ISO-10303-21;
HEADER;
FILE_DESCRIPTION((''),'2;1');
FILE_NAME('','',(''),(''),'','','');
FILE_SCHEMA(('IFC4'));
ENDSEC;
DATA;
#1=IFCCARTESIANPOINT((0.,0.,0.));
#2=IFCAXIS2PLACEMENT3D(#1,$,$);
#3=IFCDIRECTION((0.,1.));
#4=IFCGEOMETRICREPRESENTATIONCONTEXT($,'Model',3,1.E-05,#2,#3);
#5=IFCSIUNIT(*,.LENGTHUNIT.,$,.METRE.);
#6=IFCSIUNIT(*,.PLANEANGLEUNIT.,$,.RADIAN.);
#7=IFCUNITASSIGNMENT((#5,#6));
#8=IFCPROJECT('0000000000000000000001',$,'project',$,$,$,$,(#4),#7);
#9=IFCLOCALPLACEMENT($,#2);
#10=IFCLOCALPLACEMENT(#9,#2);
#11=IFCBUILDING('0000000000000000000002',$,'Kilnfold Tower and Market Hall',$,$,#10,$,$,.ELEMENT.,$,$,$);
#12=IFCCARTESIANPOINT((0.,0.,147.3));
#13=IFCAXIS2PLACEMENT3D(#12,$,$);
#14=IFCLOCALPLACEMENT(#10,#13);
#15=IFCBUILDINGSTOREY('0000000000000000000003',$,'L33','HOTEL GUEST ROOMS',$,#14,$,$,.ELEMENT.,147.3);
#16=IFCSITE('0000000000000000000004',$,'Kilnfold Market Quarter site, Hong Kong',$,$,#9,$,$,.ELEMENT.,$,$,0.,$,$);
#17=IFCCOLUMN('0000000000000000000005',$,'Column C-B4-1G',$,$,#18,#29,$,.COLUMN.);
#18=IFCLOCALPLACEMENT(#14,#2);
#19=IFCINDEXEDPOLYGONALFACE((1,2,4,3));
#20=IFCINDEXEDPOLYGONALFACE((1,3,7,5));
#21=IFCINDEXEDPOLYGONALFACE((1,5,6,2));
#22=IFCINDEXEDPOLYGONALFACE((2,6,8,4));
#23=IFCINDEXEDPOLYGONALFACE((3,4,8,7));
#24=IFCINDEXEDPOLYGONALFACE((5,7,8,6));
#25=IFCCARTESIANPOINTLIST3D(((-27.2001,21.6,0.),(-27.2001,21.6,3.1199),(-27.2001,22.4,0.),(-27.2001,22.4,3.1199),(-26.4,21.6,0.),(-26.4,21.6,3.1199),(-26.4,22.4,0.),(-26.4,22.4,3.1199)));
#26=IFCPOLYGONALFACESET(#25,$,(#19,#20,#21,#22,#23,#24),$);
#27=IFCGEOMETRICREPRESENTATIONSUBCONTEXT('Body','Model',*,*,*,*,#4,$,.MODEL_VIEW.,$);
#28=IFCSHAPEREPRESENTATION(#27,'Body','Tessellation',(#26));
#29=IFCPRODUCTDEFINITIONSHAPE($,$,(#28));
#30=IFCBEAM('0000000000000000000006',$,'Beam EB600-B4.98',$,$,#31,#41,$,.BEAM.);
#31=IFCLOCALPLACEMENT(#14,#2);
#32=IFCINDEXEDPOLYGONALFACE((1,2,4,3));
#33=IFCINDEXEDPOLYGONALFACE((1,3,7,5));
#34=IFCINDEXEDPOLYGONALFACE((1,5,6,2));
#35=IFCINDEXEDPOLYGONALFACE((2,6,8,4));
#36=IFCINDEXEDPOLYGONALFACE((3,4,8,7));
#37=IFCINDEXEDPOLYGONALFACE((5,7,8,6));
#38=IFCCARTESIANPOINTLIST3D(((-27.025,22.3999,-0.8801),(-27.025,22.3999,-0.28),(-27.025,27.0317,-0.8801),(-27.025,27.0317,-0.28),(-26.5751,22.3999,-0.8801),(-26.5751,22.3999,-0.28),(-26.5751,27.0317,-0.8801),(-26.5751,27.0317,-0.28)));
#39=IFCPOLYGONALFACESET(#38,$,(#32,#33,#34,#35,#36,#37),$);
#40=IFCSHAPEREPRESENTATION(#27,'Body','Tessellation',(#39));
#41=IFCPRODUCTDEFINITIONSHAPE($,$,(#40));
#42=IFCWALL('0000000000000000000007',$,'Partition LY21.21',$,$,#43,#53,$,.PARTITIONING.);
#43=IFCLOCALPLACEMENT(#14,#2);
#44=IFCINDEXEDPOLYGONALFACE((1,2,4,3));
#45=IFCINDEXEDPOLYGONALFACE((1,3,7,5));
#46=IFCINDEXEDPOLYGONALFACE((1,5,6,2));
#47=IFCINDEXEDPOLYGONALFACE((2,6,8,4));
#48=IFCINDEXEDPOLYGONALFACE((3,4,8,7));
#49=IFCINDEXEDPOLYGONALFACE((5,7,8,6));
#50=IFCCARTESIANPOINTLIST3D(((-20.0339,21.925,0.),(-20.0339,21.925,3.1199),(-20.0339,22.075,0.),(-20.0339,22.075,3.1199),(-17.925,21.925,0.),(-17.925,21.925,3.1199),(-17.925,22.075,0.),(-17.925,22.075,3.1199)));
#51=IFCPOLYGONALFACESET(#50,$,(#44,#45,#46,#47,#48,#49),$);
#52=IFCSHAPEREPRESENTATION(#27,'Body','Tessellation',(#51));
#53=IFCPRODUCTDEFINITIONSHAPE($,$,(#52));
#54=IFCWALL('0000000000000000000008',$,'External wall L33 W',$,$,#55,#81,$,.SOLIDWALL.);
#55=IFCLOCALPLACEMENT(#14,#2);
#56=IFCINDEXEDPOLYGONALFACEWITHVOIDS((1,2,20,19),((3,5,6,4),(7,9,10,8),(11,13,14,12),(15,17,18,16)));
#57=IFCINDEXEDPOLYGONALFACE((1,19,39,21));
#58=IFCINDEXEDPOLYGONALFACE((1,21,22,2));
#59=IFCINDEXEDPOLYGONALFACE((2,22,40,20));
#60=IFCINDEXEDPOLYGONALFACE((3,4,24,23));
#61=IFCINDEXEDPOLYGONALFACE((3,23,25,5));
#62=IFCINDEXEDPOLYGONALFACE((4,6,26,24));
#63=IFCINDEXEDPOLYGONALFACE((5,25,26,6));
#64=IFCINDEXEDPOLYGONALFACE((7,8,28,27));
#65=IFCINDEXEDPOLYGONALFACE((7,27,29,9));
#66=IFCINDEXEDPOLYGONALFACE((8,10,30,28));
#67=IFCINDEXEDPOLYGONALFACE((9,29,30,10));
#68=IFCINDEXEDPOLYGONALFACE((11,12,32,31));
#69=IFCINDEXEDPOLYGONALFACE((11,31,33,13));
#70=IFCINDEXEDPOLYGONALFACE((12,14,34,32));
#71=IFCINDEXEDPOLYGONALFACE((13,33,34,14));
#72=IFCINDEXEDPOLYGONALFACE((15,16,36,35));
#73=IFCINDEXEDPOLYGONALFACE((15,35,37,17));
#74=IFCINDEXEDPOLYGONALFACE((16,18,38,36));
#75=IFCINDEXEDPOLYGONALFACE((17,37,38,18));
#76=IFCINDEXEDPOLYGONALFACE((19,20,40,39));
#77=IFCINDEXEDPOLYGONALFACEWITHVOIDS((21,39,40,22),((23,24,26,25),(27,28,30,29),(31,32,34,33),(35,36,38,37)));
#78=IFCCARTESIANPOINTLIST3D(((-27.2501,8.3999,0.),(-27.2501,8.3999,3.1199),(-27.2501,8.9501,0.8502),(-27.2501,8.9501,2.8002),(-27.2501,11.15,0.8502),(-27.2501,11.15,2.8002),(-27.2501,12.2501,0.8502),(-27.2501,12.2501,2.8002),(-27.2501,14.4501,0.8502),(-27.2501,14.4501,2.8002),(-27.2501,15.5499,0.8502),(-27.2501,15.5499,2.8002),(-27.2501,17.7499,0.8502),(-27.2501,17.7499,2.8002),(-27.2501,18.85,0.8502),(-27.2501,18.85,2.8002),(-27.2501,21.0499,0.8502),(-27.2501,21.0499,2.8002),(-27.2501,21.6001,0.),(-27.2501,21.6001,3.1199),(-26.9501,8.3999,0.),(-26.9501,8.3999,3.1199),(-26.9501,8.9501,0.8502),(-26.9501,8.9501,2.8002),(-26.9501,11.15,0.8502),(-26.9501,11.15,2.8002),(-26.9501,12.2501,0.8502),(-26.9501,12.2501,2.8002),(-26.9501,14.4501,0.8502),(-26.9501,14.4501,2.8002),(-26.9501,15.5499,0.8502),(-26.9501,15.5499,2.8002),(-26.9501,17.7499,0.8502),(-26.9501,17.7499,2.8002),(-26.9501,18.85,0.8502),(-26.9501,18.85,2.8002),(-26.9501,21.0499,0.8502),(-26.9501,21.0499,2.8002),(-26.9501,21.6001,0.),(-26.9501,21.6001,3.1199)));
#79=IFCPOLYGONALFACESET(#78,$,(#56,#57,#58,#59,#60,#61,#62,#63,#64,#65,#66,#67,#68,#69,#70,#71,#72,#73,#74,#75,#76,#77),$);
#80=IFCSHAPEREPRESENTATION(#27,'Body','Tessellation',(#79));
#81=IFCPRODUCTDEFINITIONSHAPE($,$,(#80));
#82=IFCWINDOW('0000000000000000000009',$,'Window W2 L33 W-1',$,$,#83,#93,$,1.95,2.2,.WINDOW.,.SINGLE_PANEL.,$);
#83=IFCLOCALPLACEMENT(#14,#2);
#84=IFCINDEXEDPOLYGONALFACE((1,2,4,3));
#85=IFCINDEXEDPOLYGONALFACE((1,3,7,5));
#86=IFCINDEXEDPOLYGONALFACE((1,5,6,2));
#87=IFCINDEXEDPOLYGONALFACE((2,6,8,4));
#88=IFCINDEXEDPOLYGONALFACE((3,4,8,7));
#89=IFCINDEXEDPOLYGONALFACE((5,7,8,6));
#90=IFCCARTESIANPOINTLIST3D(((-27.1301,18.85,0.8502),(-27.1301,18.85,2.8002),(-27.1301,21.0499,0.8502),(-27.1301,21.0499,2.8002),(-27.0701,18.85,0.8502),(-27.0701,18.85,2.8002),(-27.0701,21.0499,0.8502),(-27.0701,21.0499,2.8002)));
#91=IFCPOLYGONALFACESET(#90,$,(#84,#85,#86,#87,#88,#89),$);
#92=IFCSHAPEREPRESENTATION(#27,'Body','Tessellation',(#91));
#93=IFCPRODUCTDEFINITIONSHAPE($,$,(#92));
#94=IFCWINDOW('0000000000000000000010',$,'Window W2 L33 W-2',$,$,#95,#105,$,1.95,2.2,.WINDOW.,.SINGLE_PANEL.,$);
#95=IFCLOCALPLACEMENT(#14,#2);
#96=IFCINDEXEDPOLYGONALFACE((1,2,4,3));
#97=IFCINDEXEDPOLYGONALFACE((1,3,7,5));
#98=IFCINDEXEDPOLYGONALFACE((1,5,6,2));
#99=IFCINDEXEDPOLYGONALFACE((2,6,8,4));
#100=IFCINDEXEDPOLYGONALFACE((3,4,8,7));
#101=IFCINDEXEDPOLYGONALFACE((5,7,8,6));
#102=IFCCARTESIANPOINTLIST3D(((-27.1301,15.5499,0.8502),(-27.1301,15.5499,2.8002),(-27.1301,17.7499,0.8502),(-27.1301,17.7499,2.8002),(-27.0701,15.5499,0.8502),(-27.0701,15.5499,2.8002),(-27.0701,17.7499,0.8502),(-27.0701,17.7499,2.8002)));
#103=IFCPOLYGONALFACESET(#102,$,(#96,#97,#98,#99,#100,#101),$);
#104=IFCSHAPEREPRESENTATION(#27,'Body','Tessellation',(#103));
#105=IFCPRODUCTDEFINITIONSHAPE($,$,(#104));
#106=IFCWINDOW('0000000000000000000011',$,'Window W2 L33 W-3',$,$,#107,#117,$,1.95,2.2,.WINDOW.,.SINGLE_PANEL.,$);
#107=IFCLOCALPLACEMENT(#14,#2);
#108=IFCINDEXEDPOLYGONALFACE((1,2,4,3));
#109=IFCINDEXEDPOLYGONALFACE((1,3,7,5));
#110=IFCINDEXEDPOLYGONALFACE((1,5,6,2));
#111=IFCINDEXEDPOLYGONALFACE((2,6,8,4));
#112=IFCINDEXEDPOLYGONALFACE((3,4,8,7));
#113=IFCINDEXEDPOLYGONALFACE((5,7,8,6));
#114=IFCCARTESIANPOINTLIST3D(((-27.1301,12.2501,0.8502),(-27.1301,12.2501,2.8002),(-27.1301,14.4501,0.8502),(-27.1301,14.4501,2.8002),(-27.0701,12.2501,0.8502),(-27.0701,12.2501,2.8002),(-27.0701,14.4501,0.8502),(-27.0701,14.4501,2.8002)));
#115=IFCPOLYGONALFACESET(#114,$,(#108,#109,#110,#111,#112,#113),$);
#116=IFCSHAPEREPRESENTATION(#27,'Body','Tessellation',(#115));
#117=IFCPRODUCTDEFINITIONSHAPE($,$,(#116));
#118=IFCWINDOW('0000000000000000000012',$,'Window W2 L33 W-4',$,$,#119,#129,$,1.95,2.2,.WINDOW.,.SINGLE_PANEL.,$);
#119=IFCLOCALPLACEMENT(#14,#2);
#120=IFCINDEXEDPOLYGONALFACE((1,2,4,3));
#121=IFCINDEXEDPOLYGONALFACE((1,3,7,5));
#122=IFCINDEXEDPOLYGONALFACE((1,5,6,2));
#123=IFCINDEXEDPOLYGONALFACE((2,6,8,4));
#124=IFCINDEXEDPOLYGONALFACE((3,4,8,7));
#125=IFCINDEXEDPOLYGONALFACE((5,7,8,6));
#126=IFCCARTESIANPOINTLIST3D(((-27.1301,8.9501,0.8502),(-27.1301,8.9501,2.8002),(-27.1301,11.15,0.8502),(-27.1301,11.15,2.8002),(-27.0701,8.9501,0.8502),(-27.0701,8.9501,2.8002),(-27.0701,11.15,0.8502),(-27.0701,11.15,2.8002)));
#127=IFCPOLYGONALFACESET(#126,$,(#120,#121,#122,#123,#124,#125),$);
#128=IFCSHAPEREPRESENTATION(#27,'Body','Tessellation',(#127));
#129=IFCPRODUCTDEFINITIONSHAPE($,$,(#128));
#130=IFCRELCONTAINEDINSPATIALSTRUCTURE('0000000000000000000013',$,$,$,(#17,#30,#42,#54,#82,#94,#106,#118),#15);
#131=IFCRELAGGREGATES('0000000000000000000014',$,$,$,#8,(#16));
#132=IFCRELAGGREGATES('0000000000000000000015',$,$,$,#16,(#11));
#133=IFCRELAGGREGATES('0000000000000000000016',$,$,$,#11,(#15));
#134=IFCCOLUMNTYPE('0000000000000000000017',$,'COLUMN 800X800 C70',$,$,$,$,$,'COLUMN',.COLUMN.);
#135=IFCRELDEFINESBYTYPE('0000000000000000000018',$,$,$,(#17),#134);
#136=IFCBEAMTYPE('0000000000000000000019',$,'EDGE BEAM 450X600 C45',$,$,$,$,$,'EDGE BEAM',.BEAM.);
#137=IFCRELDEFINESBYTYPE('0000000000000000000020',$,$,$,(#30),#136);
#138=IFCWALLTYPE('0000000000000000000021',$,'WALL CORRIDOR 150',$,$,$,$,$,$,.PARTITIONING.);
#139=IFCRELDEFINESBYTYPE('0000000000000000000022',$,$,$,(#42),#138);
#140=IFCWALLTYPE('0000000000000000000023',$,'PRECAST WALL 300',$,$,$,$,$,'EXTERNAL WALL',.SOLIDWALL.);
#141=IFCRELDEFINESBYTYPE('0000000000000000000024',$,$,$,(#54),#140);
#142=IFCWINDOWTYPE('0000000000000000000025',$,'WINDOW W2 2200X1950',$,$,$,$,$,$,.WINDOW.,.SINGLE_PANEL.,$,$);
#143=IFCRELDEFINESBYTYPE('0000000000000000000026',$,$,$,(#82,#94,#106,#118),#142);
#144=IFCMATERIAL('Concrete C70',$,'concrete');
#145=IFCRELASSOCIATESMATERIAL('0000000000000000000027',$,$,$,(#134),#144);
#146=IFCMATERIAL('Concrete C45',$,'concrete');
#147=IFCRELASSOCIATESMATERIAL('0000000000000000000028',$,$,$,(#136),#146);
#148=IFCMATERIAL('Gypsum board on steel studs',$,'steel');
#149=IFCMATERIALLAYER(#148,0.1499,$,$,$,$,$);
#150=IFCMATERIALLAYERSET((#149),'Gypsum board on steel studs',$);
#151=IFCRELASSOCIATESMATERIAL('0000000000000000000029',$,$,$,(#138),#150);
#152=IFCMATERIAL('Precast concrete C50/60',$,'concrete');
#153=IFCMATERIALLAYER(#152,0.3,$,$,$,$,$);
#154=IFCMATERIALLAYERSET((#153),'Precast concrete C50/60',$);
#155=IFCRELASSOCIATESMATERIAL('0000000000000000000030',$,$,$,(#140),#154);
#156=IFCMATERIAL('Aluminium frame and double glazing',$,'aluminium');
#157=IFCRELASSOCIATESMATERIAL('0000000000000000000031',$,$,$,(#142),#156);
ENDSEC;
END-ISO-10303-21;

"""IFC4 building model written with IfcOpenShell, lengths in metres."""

from ifc_helpers import new_model, si_unit, direction, frame, frame_2d, origin, origin_2d, place, context, subcontext, project, spatial, rectangle, extrude, source, transform, mapped, material, layer, layer_set, material_profile, profile_set, type_object, element, fill, save


model = new_model("IFC4")

# Units and contexts
model_context = context("Model", 3, precision=1e-05, world=origin(), true_north=direction((0.0, 1.0)))
body_context = subcontext(model_context, "Body", "Model", "MODEL_VIEW")
ifc_project = project(units=[si_unit("LENGTHUNIT", "METRE"), si_unit("PLANEANGLEUNIT", "RADIAN")], contexts=[model_context])

# Site, building, storey
site_placement = place(None, origin())
site = spatial("IfcSite", under=ifc_project, at=site_placement, Name="Kilnfold Market Quarter site, Hong Kong", CompositionType="ELEMENT", RefElevation=0.0)
building_placement = place(site_placement, origin())
building = spatial("IfcBuilding", under=site, at=building_placement, Name="Kilnfold Tower and Market Hall", CompositionType="ELEMENT")
storey_placement = place(building_placement, frame((0.0, 0.0, 147.3)))
storey = spatial("IfcBuildingStorey", under=building, at=storey_placement, Name="L33", Description="HOTEL GUEST ROOMS", CompositionType="ELEMENT", Elevation=147.3)

# Column
ifc_material_1 = material(Name="Concrete C70", Category="concrete")
ifc_material_profile_1 = material_profile(ifc_material_1, rectangle(XDim=0.8, YDim=0.8, at=origin_2d()), Name="RC 800x800")
ifc_profile_set_1 = profile_set([ifc_material_profile_1], Name="Concrete C70")
column_type = type_object("IfcColumnType", Name="COLUMN 800X800 C70", ElementType="COLUMN", PredefinedType="COLUMN", material=ifc_profile_set_1)
shared_shape_1 = source(origin(), body_context, "Body", "SweptSolid", [
    extrude(rectangle(XDim=0.8, YDim=0.8, at=origin_2d()), origin(), (0.0, 0.0, 1.0), 3.1199),
])
column_placement = place(storey_placement, frame((-26.8, 22.0, 0.0), z_axis=(0.0, 0.0, 1.0), x_axis=(1.0, 0.0, 0.0)))
element("IfcColumn", 1, at=column_placement, inside=storey, type_object=column_type, Name="Column C-B4-1G", PredefinedType="COLUMN", context=body_context, shape_type="MappedRepresentation", body=[
    mapped(shared_shape_1, transform((0.0, 0.0, 0.0))),
])

# Beam
ifc_material_2 = material(Name="Concrete C45", Category="concrete")
ifc_material_profile_2 = material_profile(ifc_material_2, rectangle(XDim=0.45, YDim=0.6001, at=origin_2d()), Name="RC 450x600")
ifc_profile_set_2 = profile_set([ifc_material_profile_2], Name="Concrete C45")
beam_type = type_object("IfcBeamType", Name="EDGE BEAM 450X600 C45", ElementType="EDGE BEAM", PredefinedType="BEAM", material=ifc_profile_set_2)
shared_shape_2 = source(origin(), body_context, "Body", "SweptSolid", [
    extrude(rectangle(XDim=0.45, YDim=0.6001, at=origin_2d()), origin(), (0.0, 0.0, 1.0), 4.6318),
])
beam_placement = place(storey_placement, frame((-26.8, 22.3999, -0.5801), z_axis=(0.0, 1.0, 0.0), x_axis=(-1.0, 0.0, 0.0)))
element("IfcBeam", 2, at=beam_placement, inside=storey, type_object=beam_type, Name="Beam EB600-B4.98", PredefinedType="BEAM", context=body_context, shape_type="MappedRepresentation", body=[
    mapped(shared_shape_2, transform((0.0, 0.0, 0.0))),
])

# Wall
ifc_material_3 = material(Name="Gypsum board on steel studs", Category="steel")
ifc_layer_1 = layer(ifc_material_3, 0.1499)
ifc_layer_set_1 = layer_set([ifc_layer_1], Name="Gypsum board on steel studs")
wall_type_1 = type_object("IfcWallType", Name="WALL CORRIDOR 150", PredefinedType="PARTITIONING", material=ifc_layer_set_1)
wall_1_placement = place(storey_placement, frame((-20.0339, 22.0, 0.0), z_axis=(0.0, 0.0, 1.0), x_axis=(1.0, 0.0, 0.0)))
element("IfcWall", 3, at=wall_1_placement, inside=storey, type_object=wall_type_1, Name="Partition LY21.21", PredefinedType="PARTITIONING", context=body_context, shape_type="SweptSolid", body=[
    extrude(rectangle(XDim=2.1089, YDim=0.1499, at=frame_2d((1.0544, 0.0))), origin(), (0.0, 0.0, 1.0), 3.1199),
])

# Wall, openings, windows
ifc_material_4 = material(Name="Precast concrete C50/60", Category="concrete")
ifc_layer_2 = layer(ifc_material_4, 0.3)
ifc_layer_set_2 = layer_set([ifc_layer_2], Name="Precast concrete C50/60")
wall_type_2 = type_object("IfcWallType", Name="PRECAST WALL 300", ElementType="EXTERNAL WALL", PredefinedType="SOLIDWALL", material=ifc_layer_set_2)
shared_shape_3 = source(origin(), body_context, "Body", "SweptSolid", [
    extrude(rectangle(XDim=13.2002, YDim=0.3, at=frame_2d((6.6001, 0.0))), origin(), (0.0, 0.0, 1.0), 3.1199),
])
wall_2_placement = place(storey_placement, frame((-27.1001, 21.6001, 0.0), z_axis=(0.0, 0.0, 1.0), x_axis=(0.0, -1.0, 0.0)))
wall_2 = element("IfcWall", 4, at=wall_2_placement, inside=storey, type_object=wall_type_2, Name="External wall L33 W", PredefinedType="SOLIDWALL", context=body_context, shape_type="MappedRepresentation", body=[
    mapped(shared_shape_3, transform((0.0, 0.0, 0.0))),
])
opening_1_placement = place(wall_2_placement, frame((0.55, 0.0, 0.8501)))
opening_1 = element("IfcOpeningElement", 5, at=opening_1_placement, cuts=wall_2, PredefinedType="OPENING", context=body_context, shape_type="SweptSolid", body=[
    extrude(rectangle(XDim=2.2, YDim=1.95, at=frame_2d((1.1001, 0.9751))), frame((0.0, 0.1602, 0.0), z_axis=(0.0, -1.0, 0.0), x_axis=(1.0, 0.0, 0.0)), (0.0, 0.0, 1.0), 0.3201),
])
opening_2_placement = place(wall_2_placement, frame((3.8501, 0.0, 0.8501)))
opening_2 = element("IfcOpeningElement", 6, at=opening_2_placement, cuts=wall_2, PredefinedType="OPENING", context=body_context, shape_type="SweptSolid", body=[
    extrude(rectangle(XDim=2.2, YDim=1.95, at=frame_2d((1.1001, 0.9751))), frame((0.0, 0.1602, 0.0), z_axis=(0.0, -1.0, 0.0), x_axis=(1.0, 0.0, 0.0)), (0.0, 0.0, 1.0), 0.3201),
])
opening_3_placement = place(wall_2_placement, frame((7.1499, 0.0, 0.8501)))
opening_3 = element("IfcOpeningElement", 7, at=opening_3_placement, cuts=wall_2, PredefinedType="OPENING", context=body_context, shape_type="SweptSolid", body=[
    extrude(rectangle(XDim=2.2, YDim=1.95, at=frame_2d((1.1001, 0.9751))), frame((0.0, 0.1602, 0.0), z_axis=(0.0, -1.0, 0.0), x_axis=(1.0, 0.0, 0.0)), (0.0, 0.0, 1.0), 0.3201),
])
opening_4_placement = place(wall_2_placement, frame((10.45, 0.0, 0.8501)))
opening_4 = element("IfcOpeningElement", 8, at=opening_4_placement, cuts=wall_2, PredefinedType="OPENING", context=body_context, shape_type="SweptSolid", body=[
    extrude(rectangle(XDim=2.2, YDim=1.95, at=frame_2d((1.1001, 0.9751))), frame((0.0, 0.1602, 0.0), z_axis=(0.0, -1.0, 0.0), x_axis=(1.0, 0.0, 0.0)), (0.0, 0.0, 1.0), 0.3201),
])
ifc_material_5 = material(Name="Aluminium frame and double glazing", Category="aluminium")
window_type = type_object("IfcWindowType", Name="WINDOW W2 2200X1950", PartitioningType="SINGLE_PANEL", PredefinedType="WINDOW", material=ifc_material_5)
window_1_placement = place(opening_1_placement, origin())
window_1 = element("IfcWindow", 9, at=window_1_placement, inside=storey, type_object=window_type, Name="Window W2 L33 W-1", OverallHeight=1.95, OverallWidth=2.2, PartitioningType="SINGLE_PANEL", PredefinedType="WINDOW", context=body_context, shape_type="SweptSolid", body=[
    extrude(rectangle(XDim=2.2, YDim=1.95, at=frame_2d((1.1001, 0.9751))), frame((0.0, 0.03, 0.0), z_axis=(0.0, -1.0, 0.0), x_axis=(1.0, 0.0, 0.0)), (0.0, 0.0, 1.0), 0.0601),
])
fill(opening_1, window_1)
window_2_placement = place(opening_2_placement, origin())
window_2 = element("IfcWindow", 10, at=window_2_placement, inside=storey, type_object=window_type, Name="Window W2 L33 W-2", OverallHeight=1.95, OverallWidth=2.2, PartitioningType="SINGLE_PANEL", PredefinedType="WINDOW", context=body_context, shape_type="SweptSolid", body=[
    extrude(rectangle(XDim=2.2, YDim=1.95, at=frame_2d((1.1001, 0.9751))), frame((0.0, 0.03, 0.0), z_axis=(0.0, -1.0, 0.0), x_axis=(1.0, 0.0, 0.0)), (0.0, 0.0, 1.0), 0.0601),
])
fill(opening_2, window_2)
window_3_placement = place(opening_3_placement, origin())
window_3 = element("IfcWindow", 11, at=window_3_placement, inside=storey, type_object=window_type, Name="Window W2 L33 W-3", OverallHeight=1.95, OverallWidth=2.2, PartitioningType="SINGLE_PANEL", PredefinedType="WINDOW", context=body_context, shape_type="SweptSolid", body=[
    extrude(rectangle(XDim=2.2, YDim=1.95, at=frame_2d((1.1001, 0.9751))), frame((0.0, 0.03, 0.0), z_axis=(0.0, -1.0, 0.0), x_axis=(1.0, 0.0, 0.0)), (0.0, 0.0, 1.0), 0.0601),
])
fill(opening_3, window_3)
window_4_placement = place(opening_4_placement, origin())
window_4 = element("IfcWindow", 12, at=window_4_placement, inside=storey, type_object=window_type, Name="Window W2 L33 W-4", OverallHeight=1.95, OverallWidth=2.2, PartitioningType="SINGLE_PANEL", PredefinedType="WINDOW", context=body_context, shape_type="SweptSolid", body=[
    extrude(rectangle(XDim=2.2, YDim=1.95, at=frame_2d((1.1001, 0.9751))), frame((0.0, 0.03, 0.0), z_axis=(0.0, -1.0, 0.0), x_axis=(1.0, 0.0, 0.0)), (0.0, 0.0, 1.0), 0.0601),
])
fill(opening_4, window_4)

save(model, "model.ifc")
